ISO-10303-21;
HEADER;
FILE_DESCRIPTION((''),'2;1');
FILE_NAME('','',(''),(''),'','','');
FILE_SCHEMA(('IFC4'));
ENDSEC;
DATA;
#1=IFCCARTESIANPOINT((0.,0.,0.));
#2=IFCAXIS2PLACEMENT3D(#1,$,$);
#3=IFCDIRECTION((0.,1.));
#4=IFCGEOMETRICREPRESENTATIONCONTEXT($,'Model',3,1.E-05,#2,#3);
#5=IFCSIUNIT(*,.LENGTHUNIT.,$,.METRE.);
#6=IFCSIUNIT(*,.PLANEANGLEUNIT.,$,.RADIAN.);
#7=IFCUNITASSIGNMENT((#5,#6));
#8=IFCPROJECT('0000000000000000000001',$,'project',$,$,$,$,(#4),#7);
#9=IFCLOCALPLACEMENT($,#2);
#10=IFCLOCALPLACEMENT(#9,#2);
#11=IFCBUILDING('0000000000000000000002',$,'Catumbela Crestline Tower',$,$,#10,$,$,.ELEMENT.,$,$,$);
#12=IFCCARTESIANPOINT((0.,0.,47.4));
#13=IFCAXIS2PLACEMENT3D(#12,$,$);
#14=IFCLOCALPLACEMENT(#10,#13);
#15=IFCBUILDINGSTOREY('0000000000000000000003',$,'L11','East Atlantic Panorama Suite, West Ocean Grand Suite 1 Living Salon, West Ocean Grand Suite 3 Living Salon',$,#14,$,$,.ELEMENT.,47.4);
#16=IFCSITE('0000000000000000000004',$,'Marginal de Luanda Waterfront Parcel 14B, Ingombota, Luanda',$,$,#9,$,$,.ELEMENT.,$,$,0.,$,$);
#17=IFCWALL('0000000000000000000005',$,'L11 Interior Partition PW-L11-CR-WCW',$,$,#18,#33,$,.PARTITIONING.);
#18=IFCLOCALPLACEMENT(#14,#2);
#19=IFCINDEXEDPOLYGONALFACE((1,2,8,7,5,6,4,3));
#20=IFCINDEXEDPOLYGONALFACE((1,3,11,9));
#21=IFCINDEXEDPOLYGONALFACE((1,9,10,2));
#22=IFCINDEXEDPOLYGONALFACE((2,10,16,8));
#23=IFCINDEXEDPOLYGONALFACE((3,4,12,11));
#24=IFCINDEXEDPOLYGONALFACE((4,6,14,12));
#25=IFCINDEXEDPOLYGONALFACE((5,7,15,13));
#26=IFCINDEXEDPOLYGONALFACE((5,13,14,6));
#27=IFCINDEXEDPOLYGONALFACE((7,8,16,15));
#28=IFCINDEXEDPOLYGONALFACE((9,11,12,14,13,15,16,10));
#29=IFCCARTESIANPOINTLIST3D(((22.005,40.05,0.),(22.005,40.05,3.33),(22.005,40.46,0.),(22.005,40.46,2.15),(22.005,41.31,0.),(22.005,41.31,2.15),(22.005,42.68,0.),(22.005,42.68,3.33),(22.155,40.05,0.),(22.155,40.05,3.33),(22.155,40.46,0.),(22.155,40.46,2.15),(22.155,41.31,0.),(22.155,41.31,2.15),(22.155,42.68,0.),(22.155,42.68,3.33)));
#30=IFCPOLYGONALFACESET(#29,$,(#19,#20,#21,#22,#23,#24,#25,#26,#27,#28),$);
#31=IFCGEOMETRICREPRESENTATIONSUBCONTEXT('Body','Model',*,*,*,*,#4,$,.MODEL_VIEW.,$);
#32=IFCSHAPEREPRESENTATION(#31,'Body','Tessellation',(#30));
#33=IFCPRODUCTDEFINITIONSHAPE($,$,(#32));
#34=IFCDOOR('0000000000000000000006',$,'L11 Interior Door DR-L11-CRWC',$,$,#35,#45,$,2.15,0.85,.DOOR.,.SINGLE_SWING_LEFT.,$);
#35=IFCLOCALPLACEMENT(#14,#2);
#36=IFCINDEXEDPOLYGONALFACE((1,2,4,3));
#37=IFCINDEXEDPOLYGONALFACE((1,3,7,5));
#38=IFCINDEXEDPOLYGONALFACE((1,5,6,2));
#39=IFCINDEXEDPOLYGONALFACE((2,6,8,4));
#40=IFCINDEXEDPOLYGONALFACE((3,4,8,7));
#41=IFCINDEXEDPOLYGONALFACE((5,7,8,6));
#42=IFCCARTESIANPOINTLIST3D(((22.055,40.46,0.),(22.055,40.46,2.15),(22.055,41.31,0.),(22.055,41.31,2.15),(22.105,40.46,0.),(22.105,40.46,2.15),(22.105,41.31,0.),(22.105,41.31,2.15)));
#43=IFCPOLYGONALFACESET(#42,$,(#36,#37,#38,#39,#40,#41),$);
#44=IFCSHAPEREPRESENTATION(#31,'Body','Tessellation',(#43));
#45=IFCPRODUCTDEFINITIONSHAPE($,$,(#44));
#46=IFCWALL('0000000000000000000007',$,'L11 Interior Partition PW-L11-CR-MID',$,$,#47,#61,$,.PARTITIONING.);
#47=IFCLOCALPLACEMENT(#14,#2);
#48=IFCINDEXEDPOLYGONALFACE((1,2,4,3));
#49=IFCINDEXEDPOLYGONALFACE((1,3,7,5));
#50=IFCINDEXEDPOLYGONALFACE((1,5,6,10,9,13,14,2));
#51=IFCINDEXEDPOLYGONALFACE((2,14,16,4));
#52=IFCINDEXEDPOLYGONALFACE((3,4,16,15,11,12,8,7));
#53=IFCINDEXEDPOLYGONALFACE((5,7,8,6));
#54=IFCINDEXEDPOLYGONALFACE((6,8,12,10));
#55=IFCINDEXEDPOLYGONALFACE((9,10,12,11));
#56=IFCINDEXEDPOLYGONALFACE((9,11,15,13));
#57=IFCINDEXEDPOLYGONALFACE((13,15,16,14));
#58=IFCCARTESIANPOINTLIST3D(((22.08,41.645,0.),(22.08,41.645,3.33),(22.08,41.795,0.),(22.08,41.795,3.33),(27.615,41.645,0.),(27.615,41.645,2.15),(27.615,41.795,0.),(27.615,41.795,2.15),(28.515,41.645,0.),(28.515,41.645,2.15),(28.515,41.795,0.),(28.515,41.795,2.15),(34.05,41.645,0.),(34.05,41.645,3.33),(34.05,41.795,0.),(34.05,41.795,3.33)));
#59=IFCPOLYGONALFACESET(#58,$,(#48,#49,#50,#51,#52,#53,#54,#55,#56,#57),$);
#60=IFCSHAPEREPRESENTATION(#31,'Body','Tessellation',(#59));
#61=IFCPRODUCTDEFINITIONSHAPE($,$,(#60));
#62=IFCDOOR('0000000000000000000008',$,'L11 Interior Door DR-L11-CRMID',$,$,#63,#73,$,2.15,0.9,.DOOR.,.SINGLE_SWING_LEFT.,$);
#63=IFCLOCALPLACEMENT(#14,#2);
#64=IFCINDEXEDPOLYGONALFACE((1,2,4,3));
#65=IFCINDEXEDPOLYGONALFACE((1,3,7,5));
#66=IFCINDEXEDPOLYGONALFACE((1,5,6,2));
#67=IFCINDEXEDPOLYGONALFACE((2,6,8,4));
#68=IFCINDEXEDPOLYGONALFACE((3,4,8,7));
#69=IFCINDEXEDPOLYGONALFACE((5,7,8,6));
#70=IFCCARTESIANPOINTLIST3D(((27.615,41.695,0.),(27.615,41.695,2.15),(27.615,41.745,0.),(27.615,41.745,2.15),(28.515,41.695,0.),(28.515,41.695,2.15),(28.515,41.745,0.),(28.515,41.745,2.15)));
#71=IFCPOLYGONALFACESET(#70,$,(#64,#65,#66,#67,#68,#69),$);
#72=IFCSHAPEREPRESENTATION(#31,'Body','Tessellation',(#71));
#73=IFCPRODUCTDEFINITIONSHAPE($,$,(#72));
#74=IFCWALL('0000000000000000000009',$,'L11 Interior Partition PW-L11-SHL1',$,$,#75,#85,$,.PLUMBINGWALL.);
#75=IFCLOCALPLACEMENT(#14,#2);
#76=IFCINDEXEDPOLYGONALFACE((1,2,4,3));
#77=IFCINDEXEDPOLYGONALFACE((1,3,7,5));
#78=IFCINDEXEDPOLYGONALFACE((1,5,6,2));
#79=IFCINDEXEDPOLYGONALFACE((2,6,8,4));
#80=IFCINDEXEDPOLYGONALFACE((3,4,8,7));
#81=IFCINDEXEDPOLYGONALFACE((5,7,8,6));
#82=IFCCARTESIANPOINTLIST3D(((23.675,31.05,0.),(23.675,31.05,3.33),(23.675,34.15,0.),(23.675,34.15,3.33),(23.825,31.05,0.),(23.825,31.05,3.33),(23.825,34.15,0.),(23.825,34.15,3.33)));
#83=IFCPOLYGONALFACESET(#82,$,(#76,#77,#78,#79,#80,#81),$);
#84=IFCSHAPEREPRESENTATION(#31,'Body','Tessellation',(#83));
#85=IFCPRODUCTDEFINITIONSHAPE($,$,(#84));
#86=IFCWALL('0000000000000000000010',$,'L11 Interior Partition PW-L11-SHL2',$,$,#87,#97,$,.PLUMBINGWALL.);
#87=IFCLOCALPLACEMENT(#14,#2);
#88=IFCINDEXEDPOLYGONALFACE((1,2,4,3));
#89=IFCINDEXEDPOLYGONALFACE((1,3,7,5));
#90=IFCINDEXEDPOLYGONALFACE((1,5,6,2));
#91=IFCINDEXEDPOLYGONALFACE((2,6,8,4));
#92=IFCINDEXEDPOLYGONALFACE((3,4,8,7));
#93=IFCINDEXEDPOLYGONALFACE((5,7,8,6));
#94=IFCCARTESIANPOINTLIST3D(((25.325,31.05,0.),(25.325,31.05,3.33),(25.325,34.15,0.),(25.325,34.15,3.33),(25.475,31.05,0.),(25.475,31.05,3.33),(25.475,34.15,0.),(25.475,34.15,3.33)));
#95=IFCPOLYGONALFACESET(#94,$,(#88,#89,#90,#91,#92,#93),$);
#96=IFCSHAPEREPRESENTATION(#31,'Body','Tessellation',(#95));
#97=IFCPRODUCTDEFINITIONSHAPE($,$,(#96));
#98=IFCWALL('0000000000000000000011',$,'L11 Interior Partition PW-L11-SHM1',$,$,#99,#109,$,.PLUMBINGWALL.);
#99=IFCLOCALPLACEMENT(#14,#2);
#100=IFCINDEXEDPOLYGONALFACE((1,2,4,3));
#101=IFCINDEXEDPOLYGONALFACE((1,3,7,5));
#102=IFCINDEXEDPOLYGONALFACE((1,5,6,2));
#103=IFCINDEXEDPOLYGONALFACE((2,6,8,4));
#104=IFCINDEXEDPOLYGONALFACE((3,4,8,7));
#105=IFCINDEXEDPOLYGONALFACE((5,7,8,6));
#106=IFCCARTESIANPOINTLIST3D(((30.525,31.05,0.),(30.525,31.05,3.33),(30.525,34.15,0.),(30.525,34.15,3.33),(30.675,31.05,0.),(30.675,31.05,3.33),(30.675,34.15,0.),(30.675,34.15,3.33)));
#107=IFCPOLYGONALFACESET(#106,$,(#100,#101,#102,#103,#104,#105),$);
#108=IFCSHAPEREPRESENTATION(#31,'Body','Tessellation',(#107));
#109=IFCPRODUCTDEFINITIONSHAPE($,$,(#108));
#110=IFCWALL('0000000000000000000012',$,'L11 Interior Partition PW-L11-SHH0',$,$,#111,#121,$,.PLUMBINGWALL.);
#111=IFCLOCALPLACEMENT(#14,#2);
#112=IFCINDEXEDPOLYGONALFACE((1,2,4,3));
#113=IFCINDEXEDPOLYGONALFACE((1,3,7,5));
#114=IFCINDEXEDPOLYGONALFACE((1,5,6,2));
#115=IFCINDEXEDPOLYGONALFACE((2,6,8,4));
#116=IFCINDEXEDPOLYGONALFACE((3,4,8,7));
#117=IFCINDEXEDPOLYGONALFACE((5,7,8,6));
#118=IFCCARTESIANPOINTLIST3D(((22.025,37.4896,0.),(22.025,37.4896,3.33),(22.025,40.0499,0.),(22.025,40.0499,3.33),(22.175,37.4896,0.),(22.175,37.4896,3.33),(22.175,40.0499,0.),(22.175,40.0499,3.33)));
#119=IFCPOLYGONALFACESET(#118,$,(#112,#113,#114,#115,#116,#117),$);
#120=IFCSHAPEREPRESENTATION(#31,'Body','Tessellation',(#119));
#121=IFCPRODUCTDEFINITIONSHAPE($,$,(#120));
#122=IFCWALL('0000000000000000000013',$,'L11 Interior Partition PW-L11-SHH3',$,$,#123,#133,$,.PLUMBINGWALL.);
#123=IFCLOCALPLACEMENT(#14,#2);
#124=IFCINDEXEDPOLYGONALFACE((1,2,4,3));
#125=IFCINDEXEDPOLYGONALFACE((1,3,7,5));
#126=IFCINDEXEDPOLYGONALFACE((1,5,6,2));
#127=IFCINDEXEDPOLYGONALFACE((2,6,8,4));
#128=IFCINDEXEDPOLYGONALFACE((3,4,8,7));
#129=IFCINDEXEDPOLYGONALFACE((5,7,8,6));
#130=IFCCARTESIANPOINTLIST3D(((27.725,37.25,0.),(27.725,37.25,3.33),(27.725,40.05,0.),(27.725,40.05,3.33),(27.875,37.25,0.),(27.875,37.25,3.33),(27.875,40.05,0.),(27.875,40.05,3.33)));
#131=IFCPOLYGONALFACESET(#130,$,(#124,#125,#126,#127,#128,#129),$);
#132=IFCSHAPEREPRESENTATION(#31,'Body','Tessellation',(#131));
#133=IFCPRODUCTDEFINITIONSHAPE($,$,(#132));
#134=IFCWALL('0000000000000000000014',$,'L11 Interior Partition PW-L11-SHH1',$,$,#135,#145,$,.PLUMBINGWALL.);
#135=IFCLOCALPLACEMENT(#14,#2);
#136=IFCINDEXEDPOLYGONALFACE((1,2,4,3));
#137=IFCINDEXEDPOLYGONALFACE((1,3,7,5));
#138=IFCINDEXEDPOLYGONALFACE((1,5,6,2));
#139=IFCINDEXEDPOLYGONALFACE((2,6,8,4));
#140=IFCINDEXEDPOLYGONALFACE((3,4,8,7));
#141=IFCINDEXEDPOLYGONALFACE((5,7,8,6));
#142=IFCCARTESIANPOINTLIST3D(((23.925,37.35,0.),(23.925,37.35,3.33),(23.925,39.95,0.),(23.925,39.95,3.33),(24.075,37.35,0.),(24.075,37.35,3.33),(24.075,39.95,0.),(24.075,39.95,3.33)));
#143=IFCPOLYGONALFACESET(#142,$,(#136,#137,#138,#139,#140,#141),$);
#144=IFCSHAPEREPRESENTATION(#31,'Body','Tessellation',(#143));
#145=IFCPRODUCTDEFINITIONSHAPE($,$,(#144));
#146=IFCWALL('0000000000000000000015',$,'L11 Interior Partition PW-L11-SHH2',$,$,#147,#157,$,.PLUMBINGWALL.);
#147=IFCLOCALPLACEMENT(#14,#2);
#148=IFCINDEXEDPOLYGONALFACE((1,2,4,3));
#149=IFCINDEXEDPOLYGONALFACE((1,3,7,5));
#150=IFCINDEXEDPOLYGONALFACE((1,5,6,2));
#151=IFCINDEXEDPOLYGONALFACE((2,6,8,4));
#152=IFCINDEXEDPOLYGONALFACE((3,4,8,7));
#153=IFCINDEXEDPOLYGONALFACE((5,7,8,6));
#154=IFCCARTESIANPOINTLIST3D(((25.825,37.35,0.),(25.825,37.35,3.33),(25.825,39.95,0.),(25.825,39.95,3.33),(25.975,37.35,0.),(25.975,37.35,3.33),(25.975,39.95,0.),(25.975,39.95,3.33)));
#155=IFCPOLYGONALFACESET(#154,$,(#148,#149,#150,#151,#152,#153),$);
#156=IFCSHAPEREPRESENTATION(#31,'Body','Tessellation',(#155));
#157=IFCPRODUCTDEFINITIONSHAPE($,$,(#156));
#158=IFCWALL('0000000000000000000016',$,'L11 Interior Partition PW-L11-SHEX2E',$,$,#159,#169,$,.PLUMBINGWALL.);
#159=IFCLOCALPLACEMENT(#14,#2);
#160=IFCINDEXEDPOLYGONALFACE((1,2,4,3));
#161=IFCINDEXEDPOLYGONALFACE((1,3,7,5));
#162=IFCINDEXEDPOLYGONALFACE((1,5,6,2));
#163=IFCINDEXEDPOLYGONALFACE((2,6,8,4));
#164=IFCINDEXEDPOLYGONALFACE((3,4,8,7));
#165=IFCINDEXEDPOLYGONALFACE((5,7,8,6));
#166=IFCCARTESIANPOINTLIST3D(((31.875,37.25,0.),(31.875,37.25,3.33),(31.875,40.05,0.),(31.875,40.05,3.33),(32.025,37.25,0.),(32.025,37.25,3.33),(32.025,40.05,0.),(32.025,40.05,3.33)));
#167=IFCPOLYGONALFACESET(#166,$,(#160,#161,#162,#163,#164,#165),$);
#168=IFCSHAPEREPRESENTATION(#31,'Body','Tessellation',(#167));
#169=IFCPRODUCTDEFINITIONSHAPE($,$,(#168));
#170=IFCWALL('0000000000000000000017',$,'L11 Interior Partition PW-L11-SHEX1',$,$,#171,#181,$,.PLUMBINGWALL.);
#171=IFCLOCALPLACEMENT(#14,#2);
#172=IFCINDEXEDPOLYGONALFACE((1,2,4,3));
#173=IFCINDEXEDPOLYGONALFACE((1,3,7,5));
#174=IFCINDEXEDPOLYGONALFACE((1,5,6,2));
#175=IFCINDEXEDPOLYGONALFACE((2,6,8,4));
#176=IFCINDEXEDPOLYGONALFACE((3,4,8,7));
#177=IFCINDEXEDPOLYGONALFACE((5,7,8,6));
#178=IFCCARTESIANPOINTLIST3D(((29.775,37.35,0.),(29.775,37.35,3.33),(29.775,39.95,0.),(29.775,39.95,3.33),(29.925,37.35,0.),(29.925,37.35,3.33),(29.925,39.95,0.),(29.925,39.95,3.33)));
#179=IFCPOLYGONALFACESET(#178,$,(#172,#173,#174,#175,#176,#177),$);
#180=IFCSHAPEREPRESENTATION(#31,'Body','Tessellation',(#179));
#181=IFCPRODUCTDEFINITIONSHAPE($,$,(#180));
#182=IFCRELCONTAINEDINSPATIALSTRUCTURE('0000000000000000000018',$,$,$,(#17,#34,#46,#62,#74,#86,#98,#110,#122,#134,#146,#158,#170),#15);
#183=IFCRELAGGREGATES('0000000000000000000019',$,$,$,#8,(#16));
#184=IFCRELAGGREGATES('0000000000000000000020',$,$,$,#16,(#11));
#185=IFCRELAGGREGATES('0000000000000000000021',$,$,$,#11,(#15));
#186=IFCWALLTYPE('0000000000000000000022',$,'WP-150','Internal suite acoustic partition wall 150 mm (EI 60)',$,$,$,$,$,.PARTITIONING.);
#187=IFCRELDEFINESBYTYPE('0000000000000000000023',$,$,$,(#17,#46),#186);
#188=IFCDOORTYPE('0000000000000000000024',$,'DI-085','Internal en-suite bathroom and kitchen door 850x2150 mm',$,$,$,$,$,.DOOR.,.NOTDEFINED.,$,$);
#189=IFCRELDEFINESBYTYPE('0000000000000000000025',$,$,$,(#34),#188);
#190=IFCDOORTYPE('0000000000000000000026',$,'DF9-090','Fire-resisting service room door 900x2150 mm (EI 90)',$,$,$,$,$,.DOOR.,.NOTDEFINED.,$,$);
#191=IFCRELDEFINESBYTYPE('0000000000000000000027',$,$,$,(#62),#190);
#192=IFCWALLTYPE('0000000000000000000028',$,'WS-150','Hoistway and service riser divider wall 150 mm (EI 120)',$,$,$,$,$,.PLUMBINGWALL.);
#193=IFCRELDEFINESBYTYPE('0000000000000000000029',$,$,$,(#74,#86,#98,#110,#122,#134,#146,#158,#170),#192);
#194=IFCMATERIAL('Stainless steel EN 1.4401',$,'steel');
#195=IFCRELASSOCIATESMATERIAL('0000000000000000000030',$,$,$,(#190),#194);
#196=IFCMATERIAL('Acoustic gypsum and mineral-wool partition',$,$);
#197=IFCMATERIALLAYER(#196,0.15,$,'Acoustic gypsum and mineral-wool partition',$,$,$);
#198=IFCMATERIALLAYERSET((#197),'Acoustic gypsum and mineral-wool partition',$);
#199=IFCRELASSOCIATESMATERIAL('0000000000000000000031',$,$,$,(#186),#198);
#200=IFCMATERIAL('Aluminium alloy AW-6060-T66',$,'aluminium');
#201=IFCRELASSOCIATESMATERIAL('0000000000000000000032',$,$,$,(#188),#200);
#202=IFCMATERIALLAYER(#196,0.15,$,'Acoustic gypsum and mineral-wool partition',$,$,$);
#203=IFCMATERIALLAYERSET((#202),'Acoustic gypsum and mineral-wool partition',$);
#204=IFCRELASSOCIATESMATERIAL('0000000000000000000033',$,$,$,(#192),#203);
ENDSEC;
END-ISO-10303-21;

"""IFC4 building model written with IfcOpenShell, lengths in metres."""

from ifc_helpers import new_model, si_unit, direction, frame, frame_2d, origin, place, context, subcontext, project, spatial, rectangle, extrude, material, layer, layer_set, type_object, element, fill, save


model = new_model("IFC4")

# Units and contexts
model_context = context("Model", 3, precision=1e-05, world=origin(), true_north=direction((0.0, 1.0)))
body_context = subcontext(model_context, "Body", "Model", "MODEL_VIEW")
ifc_project = project(units=[si_unit("LENGTHUNIT", "METRE"), si_unit("PLANEANGLEUNIT", "RADIAN")], contexts=[model_context])

# Site, building, storey
site_placement = place(None, origin())
site = spatial("IfcSite", under=ifc_project, at=site_placement, Name="Marginal de Luanda Waterfront Parcel 14B, Ingombota, Luanda", CompositionType="ELEMENT", RefElevation=0.0)
building_placement = place(site_placement, origin())
building = spatial("IfcBuilding", under=site, at=building_placement, Name="Catumbela Crestline Tower", CompositionType="ELEMENT")
storey_placement = place(building_placement, frame((0.0, 0.0, 47.4)))
storey = spatial("IfcBuildingStorey", under=building, at=storey_placement, Name="L11", Description="East Atlantic Panorama Suite, West Ocean Grand Suite 1 Living Salon, West Ocean Grand Suite 3 Living Salon", CompositionType="ELEMENT", Elevation=47.4)

# Shared definitions
ifc_material_1 = material(Name="Aluminium alloy AW-6060-T66", Category="aluminium")

# Shared definitions
ifc_material_2 = material(Name="Stainless steel EN 1.4401", Category="steel")

# Shared definitions
door_type_1 = type_object("IfcDoorType", Name="DF9-090", Description="Fire-resisting service room door 900x2150 mm (EI 90)", OperationType="NOTDEFINED", PredefinedType="DOOR", material=ifc_material_2)

# Walls, openings, doors
ifc_material_3 = material(Name="Acoustic gypsum and mineral-wool partition")
ifc_layer_1 = layer(ifc_material_3, 0.15, Name="Acoustic gypsum and mineral-wool partition")
ifc_layer_set_1 = layer_set([ifc_layer_1], Name="Acoustic gypsum and mineral-wool partition")
wall_type_1 = type_object("IfcWallType", Name="WP-150", Description="Internal suite acoustic partition wall 150 mm (EI 60)", PredefinedType="PARTITIONING", material=ifc_layer_set_1)
wall_1_placement = place(storey_placement, frame((22.08, 40.05, 0.0), z_axis=(0.0, 0.0, 1.0), x_axis=(0.0, 1.0, 0.0)))
wall_1 = element("IfcWall", 1, at=wall_1_placement, inside=storey, type_object=wall_type_1, Name="L11 Interior Partition PW-L11-CR-WCW", PredefinedType="PARTITIONING", context=body_context, shape_type="SweptSolid", body=[
    extrude(rectangle(XDim=2.63, YDim=0.15, at=frame_2d((1.315, 0.0))), origin(), (0.0, 0.0, 1.0), 3.33),
])
opening_1_placement = place(wall_1_placement, frame((0.41, 0.0, 0.0)))
opening_1 = element("IfcOpeningElement", 2, at=opening_1_placement, cuts=wall_1, PredefinedType="OPENING", context=body_context, shape_type="SweptSolid", body=[
    extrude(rectangle(XDim=0.85, YDim=2.15, at=frame_2d((0.425, 1.075))), frame((0.0, 0.085, 0.0), z_axis=(0.0, -1.0, 0.0), x_axis=(1.0, 0.0, 0.0)), (0.0, 0.0, 1.0), 0.17),
])
door_type_2 = type_object("IfcDoorType", Name="DI-085", Description="Internal en-suite bathroom and kitchen door 850x2150 mm", OperationType="NOTDEFINED", PredefinedType="DOOR", material=ifc_material_1)
door_1_placement = place(opening_1_placement, origin())
door_1 = element("IfcDoor", 3, at=door_1_placement, inside=storey, type_object=door_type_2, Name="L11 Interior Door DR-L11-CRWC", OperationType="SINGLE_SWING_LEFT", OverallHeight=2.15, OverallWidth=0.85, PredefinedType="DOOR", context=body_context, shape_type="SweptSolid", body=[
    extrude(rectangle(XDim=0.85, YDim=2.15, at=frame_2d((0.425, 1.075))), frame((0.0, 0.025, 0.0), z_axis=(0.0, -1.0, 0.0), x_axis=(1.0, 0.0, 0.0)), (0.0, 0.0, 1.0), 0.05),
])
fill(opening_1, door_1)
wall_2_placement = place(storey_placement, frame((22.08, 41.72, 0.0), z_axis=(0.0, 0.0, 1.0), x_axis=(1.0, 0.0, 0.0)))
wall_2 = element("IfcWall", 4, at=wall_2_placement, inside=storey, type_object=wall_type_1, Name="L11 Interior Partition PW-L11-CR-MID", PredefinedType="PARTITIONING", context=body_context, shape_type="SweptSolid", body=[
    extrude(rectangle(XDim=11.97, YDim=0.15, at=frame_2d((5.985, 0.0))), origin(), (0.0, 0.0, 1.0), 3.33),
])
opening_2_placement = place(wall_2_placement, frame((5.535, 0.0, 0.0)))
opening_2 = element("IfcOpeningElement", 5, at=opening_2_placement, cuts=wall_2, PredefinedType="OPENING", context=body_context, shape_type="SweptSolid", body=[
    extrude(rectangle(XDim=0.9, YDim=2.15, at=frame_2d((0.45, 1.075))), frame((0.0, 0.085, 0.0), z_axis=(0.0, -1.0, 0.0), x_axis=(1.0, 0.0, 0.0)), (0.0, 0.0, 1.0), 0.17),
])
door_2_placement = place(opening_2_placement, origin())
door_2 = element("IfcDoor", 6, at=door_2_placement, inside=storey, type_object=door_type_1, Name="L11 Interior Door DR-L11-CRMID", OperationType="SINGLE_SWING_LEFT", OverallHeight=2.15, OverallWidth=0.9, PredefinedType="DOOR", context=body_context, shape_type="SweptSolid", body=[
    extrude(rectangle(XDim=0.9, YDim=2.15, at=frame_2d((0.45, 1.075))), frame((0.0, 0.025, 0.0), z_axis=(0.0, -1.0, 0.0), x_axis=(1.0, 0.0, 0.0)), (0.0, 0.0, 1.0), 0.05),
])
fill(opening_2, door_2)

# Walls
ifc_layer_2 = layer(ifc_material_3, 0.15, Name="Acoustic gypsum and mineral-wool partition")
ifc_layer_set_2 = layer_set([ifc_layer_2], Name="Acoustic gypsum and mineral-wool partition")
wall_type_2 = type_object("IfcWallType", Name="WS-150", Description="Hoistway and service riser divider wall 150 mm (EI 120)", PredefinedType="PLUMBINGWALL", material=ifc_layer_set_2)
for number, where, z_axis, x_axis, name in (
    (7, (23.75, 31.05, 0.0), (0.0, 0.0, 1.0), (0.0, 1.0, 0.0), "L11 Interior Partition PW-L11-SHL1"),
    (8, (25.4, 31.05, 0.0), (0.0, 0.0, 1.0), (0.0, 1.0, 0.0), "L11 Interior Partition PW-L11-SHL2"),
    (9, (30.6, 31.05, 0.0), (0.0, 0.0, 1.0), (0.0, 1.0, 0.0), "L11 Interior Partition PW-L11-SHM1"),
):
    element("IfcWall", number, at=place(storey_placement, frame(where, z_axis=z_axis, x_axis=x_axis)), inside=storey, type_object=wall_type_2, Name=name, PredefinedType="PLUMBINGWALL", context=body_context, shape_type="SweptSolid", body=[
        extrude(rectangle(XDim=3.1, YDim=0.15, at=frame_2d((1.55, 0.0))), origin(), (0.0, 0.0, 1.0), 3.33),
    ])
wall_3_placement = place(storey_placement, frame((22.1, 37.4897, 0.0), z_axis=(0.0, 0.0, 1.0), x_axis=(0.0, 1.0, 0.0)))
element("IfcWall", 10, at=wall_3_placement, inside=storey, type_object=wall_type_2, Name="L11 Interior Partition PW-L11-SHH0", PredefinedType="PLUMBINGWALL", context=body_context, shape_type="SweptSolid", body=[
    extrude(rectangle(XDim=2.5603, YDim=0.15, at=frame_2d((1.2801, 0.0))), origin(), (0.0, 0.0, 1.0), 3.33),
])
wall_4_placement = place(storey_placement, frame((27.8, 37.25, 0.0), z_axis=(0.0, 0.0, 1.0), x_axis=(0.0, 1.0, 0.0)))
element("IfcWall", 11, at=wall_4_placement, inside=storey, type_object=wall_type_2, Name="L11 Interior Partition PW-L11-SHH3", PredefinedType="PLUMBINGWALL", context=body_context, shape_type="SweptSolid", body=[
    extrude(rectangle(XDim=2.8, YDim=0.15, at=frame_2d((1.4, 0.0))), origin(), (0.0, 0.0, 1.0), 3.33),
])
for number, where, z_axis, x_axis, name in (
    (12, (24.0, 37.35, 0.0), (0.0, 0.0, 1.0), (0.0, 1.0, 0.0), "L11 Interior Partition PW-L11-SHH1"),
    (13, (25.9, 37.35, 0.0), (0.0, 0.0, 1.0), (0.0, 1.0, 0.0), "L11 Interior Partition PW-L11-SHH2"),
):
    element("IfcWall", number, at=place(storey_placement, frame(where, z_axis=z_axis, x_axis=x_axis)), inside=storey, type_object=wall_type_2, Name=name, PredefinedType="PLUMBINGWALL", context=body_context, shape_type="SweptSolid", body=[
        extrude(rectangle(XDim=2.6, YDim=0.15, at=frame_2d((1.3, 0.0))), origin(), (0.0, 0.0, 1.0), 3.33),
    ])
wall_5_placement = place(storey_placement, frame((31.95, 37.25, 0.0), z_axis=(0.0, 0.0, 1.0), x_axis=(0.0, 1.0, 0.0)))
element("IfcWall", 14, at=wall_5_placement, inside=storey, type_object=wall_type_2, Name="L11 Interior Partition PW-L11-SHEX2E", PredefinedType="PLUMBINGWALL", context=body_context, shape_type="SweptSolid", body=[
    extrude(rectangle(XDim=2.8, YDim=0.15, at=frame_2d((1.4, 0.0))), origin(), (0.0, 0.0, 1.0), 3.33),
])
wall_6_placement = place(storey_placement, frame((29.85, 37.35, 0.0), z_axis=(0.0, 0.0, 1.0), x_axis=(0.0, 1.0, 0.0)))
element("IfcWall", 15, at=wall_6_placement, inside=storey, type_object=wall_type_2, Name="L11 Interior Partition PW-L11-SHEX1", PredefinedType="PLUMBINGWALL", context=body_context, shape_type="SweptSolid", body=[
    extrude(rectangle(XDim=2.6, YDim=0.15, at=frame_2d((1.3, 0.0))), origin(), (0.0, 0.0, 1.0), 3.33),
])

save(model, "model.ifc")
